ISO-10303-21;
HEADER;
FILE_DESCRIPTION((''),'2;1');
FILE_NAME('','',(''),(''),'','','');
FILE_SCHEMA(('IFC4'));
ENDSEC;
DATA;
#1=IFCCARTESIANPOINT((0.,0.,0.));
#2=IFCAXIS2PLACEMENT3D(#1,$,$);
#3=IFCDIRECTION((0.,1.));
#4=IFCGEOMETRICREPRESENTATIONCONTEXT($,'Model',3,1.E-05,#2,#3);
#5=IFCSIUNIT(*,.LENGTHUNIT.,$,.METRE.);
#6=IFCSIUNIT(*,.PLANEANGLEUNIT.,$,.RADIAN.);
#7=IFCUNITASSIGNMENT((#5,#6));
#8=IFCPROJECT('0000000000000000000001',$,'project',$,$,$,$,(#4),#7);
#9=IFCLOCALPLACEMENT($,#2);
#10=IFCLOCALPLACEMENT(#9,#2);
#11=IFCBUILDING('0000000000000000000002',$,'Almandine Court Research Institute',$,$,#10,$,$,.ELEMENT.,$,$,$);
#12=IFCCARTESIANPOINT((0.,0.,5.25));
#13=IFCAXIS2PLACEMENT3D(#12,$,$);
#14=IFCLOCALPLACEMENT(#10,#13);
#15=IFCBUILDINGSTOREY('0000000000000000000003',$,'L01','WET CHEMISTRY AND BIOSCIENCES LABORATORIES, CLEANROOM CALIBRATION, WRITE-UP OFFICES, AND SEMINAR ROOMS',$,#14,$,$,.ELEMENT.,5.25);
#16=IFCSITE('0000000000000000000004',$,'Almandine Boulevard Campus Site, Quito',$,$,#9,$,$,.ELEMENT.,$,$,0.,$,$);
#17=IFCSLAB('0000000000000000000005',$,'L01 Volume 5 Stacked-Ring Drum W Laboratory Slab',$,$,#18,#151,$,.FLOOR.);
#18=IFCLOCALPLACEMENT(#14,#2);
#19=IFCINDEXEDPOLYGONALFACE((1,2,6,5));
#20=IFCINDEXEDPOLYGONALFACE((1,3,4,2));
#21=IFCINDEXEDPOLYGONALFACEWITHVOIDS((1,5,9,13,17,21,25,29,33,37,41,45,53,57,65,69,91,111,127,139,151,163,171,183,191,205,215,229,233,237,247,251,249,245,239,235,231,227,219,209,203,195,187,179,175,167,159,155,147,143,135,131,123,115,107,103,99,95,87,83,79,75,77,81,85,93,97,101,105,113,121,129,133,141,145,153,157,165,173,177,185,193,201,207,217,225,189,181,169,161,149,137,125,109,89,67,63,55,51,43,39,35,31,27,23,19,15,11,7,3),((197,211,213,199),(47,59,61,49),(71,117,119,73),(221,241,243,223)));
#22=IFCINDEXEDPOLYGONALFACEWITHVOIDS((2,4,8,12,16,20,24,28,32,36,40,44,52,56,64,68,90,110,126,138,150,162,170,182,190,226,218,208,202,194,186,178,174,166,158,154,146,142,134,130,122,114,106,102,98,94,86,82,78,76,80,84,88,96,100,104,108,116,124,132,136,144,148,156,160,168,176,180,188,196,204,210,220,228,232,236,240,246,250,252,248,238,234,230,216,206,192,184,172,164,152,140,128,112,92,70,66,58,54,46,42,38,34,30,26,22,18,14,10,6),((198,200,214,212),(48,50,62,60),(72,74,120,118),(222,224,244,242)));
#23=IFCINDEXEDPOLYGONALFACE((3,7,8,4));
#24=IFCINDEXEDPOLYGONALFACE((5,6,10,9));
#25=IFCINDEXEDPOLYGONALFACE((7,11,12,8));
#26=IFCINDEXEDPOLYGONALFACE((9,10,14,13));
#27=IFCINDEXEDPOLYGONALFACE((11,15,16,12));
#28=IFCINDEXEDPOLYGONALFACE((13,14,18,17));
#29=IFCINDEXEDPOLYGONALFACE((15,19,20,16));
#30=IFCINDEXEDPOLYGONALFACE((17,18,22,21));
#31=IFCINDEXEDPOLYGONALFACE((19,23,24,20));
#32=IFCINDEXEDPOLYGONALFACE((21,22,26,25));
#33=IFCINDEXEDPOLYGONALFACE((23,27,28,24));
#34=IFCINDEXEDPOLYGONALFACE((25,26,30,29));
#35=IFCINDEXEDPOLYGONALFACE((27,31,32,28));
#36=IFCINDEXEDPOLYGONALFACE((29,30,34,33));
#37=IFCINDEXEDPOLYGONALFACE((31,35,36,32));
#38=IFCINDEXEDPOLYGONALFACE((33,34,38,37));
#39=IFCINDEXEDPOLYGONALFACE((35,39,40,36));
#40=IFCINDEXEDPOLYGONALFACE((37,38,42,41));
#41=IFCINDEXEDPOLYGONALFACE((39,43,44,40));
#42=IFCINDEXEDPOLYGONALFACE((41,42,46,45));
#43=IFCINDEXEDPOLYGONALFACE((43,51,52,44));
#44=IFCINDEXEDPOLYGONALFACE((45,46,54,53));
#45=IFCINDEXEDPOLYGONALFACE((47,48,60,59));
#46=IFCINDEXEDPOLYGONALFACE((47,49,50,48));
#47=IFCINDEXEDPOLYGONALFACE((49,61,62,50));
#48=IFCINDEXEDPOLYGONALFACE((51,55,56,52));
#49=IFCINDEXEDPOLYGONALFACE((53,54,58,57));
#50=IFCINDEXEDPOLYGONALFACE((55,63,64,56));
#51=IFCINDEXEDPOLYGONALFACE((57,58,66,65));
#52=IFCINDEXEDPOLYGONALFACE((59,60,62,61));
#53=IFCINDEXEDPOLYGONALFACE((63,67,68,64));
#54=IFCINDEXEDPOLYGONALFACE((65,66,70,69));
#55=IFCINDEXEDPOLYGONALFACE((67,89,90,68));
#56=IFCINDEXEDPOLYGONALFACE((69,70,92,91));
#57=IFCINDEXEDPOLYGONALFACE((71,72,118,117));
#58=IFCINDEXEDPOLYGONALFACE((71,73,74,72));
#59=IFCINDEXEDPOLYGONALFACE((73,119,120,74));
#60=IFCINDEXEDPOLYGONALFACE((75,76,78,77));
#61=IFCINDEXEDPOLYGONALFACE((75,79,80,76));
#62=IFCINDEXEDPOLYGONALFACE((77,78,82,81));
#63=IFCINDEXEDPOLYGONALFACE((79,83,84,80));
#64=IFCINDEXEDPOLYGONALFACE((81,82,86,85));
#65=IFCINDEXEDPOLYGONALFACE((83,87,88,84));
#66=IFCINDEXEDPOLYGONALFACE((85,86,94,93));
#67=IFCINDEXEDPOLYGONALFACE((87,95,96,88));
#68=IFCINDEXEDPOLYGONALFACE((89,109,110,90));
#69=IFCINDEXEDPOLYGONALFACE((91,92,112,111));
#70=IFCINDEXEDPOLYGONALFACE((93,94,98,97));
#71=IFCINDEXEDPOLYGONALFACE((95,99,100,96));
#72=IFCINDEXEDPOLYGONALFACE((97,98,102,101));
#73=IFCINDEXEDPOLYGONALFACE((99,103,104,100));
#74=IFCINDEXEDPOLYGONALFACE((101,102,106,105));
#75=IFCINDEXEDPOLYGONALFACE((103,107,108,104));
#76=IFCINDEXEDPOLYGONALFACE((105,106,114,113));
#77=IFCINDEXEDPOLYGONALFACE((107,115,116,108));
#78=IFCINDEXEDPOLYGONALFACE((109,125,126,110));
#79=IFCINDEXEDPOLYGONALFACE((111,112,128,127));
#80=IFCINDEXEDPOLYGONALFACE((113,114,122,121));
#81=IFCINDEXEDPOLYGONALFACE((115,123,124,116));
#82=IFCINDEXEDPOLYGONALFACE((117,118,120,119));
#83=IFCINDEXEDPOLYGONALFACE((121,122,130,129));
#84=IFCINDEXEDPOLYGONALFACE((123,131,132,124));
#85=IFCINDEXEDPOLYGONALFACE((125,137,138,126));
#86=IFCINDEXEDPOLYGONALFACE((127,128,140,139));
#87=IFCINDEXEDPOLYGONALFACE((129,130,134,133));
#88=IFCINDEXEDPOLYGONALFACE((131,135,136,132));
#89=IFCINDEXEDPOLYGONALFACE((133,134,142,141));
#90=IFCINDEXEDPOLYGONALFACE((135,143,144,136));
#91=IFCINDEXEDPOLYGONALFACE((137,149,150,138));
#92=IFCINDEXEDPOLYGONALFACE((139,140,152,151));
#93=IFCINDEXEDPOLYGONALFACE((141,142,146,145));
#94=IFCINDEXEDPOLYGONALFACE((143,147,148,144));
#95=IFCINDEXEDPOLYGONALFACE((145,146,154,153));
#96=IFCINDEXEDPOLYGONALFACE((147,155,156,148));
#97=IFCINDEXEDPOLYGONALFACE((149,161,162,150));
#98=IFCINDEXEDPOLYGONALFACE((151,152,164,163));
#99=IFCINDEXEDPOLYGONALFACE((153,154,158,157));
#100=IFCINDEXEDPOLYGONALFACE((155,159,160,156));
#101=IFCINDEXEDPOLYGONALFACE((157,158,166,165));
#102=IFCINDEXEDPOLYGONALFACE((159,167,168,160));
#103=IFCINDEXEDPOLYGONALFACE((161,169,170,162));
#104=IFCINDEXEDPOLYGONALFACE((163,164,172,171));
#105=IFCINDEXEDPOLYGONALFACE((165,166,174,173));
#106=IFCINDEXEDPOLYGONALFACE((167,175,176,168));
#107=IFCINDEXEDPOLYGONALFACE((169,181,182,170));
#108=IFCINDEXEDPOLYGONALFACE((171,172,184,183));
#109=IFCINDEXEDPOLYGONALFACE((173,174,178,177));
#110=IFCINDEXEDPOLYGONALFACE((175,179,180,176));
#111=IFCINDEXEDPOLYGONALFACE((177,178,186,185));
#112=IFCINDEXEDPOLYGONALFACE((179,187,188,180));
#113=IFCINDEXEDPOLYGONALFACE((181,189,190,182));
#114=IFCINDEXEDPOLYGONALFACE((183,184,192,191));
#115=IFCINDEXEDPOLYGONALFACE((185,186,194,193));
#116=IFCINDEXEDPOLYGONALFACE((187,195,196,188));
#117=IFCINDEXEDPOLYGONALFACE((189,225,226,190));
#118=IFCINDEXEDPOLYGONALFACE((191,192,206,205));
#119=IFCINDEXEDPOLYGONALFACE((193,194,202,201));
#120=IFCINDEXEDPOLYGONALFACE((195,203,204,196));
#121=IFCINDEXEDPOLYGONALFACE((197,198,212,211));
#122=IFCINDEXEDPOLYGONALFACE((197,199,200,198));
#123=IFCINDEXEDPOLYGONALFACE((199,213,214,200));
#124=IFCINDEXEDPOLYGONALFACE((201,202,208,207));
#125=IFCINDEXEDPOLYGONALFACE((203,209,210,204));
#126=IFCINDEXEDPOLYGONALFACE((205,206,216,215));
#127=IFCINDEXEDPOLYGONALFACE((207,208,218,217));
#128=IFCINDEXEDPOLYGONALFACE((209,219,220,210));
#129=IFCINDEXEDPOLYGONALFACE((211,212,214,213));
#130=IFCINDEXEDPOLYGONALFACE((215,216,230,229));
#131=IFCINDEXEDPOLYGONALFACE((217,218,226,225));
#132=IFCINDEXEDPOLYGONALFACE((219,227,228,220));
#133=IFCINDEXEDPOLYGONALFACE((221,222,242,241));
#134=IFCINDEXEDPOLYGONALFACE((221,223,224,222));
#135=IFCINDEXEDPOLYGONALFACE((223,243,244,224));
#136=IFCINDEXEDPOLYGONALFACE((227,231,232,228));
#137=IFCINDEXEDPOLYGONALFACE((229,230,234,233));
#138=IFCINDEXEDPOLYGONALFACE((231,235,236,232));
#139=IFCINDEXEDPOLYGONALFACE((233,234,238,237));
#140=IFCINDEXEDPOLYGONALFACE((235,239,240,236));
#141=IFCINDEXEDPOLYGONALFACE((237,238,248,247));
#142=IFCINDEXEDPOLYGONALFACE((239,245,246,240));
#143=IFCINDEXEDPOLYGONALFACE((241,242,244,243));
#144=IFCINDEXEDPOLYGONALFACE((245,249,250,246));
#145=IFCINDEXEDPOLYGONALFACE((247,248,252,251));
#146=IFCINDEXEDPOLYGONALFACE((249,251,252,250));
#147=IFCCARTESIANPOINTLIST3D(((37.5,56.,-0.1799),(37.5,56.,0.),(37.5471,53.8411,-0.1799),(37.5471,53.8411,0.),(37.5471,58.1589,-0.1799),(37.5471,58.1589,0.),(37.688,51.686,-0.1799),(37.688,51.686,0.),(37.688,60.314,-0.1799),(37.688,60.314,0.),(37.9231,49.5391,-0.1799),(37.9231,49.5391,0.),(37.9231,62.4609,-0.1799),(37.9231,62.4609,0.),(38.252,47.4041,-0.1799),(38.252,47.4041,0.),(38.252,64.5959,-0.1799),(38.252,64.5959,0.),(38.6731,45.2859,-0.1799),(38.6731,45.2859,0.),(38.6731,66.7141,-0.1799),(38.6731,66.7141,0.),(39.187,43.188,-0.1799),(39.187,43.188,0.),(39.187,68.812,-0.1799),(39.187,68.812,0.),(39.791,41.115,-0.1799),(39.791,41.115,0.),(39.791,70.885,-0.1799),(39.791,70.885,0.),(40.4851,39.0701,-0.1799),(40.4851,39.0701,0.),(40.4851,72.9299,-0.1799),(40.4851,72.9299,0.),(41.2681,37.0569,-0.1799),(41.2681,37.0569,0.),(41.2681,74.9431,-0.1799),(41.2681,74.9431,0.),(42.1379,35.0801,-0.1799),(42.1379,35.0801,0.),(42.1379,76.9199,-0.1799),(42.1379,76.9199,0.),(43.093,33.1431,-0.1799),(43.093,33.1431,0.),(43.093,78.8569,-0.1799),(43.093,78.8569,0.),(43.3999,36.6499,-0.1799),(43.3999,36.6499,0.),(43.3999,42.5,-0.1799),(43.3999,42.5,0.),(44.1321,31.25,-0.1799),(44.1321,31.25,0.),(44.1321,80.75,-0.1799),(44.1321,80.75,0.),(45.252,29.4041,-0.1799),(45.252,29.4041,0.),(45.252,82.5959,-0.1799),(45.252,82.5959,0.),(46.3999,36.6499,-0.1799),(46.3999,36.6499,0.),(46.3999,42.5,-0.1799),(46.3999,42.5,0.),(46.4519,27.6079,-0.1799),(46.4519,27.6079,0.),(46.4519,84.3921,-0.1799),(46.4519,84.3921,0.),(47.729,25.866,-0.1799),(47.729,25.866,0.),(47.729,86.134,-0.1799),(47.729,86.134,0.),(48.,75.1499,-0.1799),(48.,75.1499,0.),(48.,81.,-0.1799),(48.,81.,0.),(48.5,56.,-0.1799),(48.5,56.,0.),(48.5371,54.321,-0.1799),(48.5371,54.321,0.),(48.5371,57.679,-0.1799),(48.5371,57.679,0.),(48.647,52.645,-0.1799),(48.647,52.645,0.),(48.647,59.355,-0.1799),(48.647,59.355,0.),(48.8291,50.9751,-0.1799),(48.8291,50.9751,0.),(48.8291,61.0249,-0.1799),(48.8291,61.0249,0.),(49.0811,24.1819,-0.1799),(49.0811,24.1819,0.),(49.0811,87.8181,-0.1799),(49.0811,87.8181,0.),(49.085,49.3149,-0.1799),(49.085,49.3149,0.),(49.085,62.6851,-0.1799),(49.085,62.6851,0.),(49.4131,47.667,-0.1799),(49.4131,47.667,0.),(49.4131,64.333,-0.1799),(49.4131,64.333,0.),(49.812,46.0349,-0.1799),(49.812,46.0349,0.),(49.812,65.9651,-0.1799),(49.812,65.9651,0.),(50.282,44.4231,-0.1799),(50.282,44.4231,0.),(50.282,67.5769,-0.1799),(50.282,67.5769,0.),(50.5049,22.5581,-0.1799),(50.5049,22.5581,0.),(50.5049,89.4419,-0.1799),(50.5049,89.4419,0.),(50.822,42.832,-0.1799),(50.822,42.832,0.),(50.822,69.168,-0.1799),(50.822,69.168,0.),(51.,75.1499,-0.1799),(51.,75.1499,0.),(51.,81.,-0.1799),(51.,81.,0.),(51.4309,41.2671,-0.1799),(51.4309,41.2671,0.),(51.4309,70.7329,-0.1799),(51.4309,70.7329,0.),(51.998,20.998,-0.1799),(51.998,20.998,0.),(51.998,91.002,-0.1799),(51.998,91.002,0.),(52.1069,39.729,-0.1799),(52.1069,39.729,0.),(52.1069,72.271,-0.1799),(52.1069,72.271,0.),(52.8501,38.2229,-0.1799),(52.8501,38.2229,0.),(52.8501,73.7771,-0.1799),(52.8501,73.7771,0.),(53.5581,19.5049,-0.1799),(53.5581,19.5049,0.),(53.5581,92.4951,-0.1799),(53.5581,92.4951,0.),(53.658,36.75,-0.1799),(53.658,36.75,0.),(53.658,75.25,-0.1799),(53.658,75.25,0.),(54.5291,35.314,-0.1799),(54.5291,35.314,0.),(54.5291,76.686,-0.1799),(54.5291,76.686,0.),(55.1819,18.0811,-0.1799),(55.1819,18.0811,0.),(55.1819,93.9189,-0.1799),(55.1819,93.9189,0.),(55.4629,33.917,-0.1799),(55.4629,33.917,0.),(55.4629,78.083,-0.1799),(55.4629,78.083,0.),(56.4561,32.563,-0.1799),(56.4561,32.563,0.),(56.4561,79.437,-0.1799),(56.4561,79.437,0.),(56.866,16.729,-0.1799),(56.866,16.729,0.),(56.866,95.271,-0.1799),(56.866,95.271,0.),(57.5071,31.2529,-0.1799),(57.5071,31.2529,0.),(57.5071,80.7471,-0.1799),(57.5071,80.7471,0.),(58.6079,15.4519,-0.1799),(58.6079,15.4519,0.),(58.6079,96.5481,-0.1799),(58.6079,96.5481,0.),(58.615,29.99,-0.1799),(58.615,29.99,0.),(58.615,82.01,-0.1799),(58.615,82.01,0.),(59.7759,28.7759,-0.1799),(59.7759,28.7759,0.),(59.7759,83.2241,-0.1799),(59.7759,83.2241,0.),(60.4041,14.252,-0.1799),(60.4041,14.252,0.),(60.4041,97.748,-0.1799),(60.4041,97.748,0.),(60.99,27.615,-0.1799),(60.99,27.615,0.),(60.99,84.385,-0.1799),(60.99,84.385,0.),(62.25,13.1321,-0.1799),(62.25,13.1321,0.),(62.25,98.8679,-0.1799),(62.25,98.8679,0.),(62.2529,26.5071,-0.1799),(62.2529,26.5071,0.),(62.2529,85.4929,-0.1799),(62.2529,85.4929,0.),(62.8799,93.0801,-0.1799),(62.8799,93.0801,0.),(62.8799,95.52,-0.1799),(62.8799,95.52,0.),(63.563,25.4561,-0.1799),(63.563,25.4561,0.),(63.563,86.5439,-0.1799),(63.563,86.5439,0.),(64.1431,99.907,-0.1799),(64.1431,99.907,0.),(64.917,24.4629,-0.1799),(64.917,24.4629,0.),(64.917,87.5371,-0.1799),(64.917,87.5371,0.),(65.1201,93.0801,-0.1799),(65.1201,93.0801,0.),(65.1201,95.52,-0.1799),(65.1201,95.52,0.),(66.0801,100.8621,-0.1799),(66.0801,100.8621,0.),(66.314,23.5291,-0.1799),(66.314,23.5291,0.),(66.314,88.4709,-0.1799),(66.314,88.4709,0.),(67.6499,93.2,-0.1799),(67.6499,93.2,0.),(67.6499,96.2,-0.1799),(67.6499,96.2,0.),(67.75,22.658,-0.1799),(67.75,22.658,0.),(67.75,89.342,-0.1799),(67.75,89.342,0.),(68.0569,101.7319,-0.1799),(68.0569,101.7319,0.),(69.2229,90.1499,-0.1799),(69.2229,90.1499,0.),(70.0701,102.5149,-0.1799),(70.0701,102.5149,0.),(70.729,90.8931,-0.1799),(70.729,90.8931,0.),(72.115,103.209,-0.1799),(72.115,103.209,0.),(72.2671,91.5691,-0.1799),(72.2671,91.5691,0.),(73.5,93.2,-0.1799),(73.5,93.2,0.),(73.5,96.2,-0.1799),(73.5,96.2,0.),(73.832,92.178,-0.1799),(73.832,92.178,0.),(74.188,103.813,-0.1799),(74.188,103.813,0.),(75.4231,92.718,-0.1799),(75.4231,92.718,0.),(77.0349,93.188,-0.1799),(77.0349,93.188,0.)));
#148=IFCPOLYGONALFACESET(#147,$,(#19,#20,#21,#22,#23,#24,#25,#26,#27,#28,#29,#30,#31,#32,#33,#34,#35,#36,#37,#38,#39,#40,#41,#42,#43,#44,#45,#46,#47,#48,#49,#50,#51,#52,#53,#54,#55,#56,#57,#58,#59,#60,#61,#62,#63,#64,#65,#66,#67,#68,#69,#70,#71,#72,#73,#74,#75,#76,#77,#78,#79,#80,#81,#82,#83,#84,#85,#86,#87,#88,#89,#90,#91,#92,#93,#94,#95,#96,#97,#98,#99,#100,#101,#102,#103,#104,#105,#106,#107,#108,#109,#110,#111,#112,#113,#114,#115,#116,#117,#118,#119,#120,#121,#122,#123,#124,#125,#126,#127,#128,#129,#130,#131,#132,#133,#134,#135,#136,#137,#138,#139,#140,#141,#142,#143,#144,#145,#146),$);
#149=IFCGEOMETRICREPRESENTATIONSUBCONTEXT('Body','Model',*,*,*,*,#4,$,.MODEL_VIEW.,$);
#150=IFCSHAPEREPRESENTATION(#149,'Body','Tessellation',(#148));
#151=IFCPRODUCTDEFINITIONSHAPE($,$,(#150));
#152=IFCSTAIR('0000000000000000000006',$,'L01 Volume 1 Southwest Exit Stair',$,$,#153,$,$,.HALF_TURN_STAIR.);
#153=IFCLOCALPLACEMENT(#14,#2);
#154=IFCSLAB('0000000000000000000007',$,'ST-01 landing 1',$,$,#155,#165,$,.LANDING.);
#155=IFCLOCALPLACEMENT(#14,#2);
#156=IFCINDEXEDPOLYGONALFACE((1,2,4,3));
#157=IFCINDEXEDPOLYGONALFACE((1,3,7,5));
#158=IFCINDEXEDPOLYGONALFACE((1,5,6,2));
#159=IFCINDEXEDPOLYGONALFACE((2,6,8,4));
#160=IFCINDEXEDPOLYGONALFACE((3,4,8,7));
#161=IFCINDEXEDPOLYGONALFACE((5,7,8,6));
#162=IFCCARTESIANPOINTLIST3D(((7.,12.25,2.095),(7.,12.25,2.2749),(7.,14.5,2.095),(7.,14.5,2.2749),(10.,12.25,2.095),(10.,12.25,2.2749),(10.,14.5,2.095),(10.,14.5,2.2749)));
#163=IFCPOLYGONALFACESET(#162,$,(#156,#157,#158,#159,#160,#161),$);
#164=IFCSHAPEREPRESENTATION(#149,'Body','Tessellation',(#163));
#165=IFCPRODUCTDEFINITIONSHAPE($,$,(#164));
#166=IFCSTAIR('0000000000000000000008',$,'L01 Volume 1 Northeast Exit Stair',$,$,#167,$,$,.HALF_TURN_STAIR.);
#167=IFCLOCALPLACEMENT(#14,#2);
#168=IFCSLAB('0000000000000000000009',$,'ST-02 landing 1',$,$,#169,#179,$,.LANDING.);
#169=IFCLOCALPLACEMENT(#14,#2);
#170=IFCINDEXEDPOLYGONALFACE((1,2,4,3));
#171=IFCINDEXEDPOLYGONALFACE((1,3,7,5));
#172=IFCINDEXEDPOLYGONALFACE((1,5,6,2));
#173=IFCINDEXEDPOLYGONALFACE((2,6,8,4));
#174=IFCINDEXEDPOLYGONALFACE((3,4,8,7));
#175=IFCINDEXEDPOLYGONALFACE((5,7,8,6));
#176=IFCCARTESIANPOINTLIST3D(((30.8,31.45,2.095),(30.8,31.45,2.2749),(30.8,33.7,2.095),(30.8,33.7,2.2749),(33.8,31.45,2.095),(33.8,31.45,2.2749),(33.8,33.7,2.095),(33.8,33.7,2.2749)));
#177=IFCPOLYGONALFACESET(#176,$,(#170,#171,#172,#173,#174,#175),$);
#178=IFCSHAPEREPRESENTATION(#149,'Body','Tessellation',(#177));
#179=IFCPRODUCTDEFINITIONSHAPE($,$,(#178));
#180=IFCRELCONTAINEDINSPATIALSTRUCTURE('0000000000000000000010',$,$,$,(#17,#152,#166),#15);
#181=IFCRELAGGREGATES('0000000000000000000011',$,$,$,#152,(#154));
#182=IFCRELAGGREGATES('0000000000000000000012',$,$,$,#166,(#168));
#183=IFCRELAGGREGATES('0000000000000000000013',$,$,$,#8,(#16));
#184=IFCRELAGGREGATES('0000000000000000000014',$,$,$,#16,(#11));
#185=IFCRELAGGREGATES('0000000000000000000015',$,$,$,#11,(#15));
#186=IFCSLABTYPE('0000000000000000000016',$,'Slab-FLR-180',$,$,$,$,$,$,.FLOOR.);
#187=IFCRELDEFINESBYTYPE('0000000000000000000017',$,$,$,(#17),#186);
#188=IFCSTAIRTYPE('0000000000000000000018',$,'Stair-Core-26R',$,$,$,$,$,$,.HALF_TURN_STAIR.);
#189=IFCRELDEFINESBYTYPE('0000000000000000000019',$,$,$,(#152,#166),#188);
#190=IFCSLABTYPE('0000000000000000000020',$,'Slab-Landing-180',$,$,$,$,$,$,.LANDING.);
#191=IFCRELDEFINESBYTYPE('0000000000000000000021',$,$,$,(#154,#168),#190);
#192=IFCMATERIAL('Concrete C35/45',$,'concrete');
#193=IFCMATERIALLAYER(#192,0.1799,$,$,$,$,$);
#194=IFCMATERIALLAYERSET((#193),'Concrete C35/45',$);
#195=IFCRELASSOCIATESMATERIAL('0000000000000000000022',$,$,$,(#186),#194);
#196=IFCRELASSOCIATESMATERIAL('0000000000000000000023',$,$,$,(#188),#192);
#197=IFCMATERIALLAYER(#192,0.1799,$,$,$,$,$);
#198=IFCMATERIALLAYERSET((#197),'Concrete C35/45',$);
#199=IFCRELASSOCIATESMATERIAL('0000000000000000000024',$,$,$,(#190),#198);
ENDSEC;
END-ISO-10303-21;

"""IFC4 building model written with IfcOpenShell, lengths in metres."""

from ifc_helpers import new_model, si_unit, direction, frame, origin, place, context, subcontext, project, spatial, polyline, outline, extrude, material, layer, layer_set, type_object, element, aggregate, save


model = new_model("IFC4")

# Units and contexts
model_context = context("Model", 3, precision=1e-05, world=origin(), true_north=direction((0.0, 1.0)))
body_context = subcontext(model_context, "Body", "Model", "MODEL_VIEW")
ifc_project = project(units=[si_unit("LENGTHUNIT", "METRE"), si_unit("PLANEANGLEUNIT", "RADIAN")], contexts=[model_context])

# Site, building, storey
site_placement = place(None, origin())
site = spatial("IfcSite", under=ifc_project, at=site_placement, Name="Almandine Boulevard Campus Site, Quito", CompositionType="ELEMENT", RefElevation=0.0)
building_placement = place(site_placement, origin())
building = spatial("IfcBuilding", under=site, at=building_placement, Name="Almandine Court Research Institute", CompositionType="ELEMENT")
storey_placement = place(building_placement, frame((0.0, 0.0, 5.25)))
storey = spatial("IfcBuildingStorey", under=building, at=storey_placement, Name="L01", Description="WET CHEMISTRY AND BIOSCIENCES LABORATORIES, CLEANROOM CALIBRATION, WRITE-UP OFFICES, AND SEMINAR ROOMS", CompositionType="ELEMENT", Elevation=5.25)

# Slab
ifc_material_1 = material(Name="Concrete C35/45", Category="concrete")
ifc_layer_1 = layer(ifc_material_1, 0.1799)
ifc_layer_set_1 = layer_set([ifc_layer_1], Name="Concrete C35/45")
slab_type_1 = type_object("IfcSlabType", Name="Slab-FLR-180", PredefinedType="FLOOR", material=ifc_layer_set_1)
slab_1_placement = place(storey_placement, frame((0.0, 0.0, -0.1799)))
element("IfcSlab", 1, at=slab_1_placement, inside=storey, type_object=slab_type_1, Name="L01 Volume 5 Stacked-Ring Drum W Laboratory Slab", PredefinedType="FLOOR", context=body_context, shape_type="SweptSolid", body=[
    extrude(outline(polyline([(74.188, 103.813), (72.115, 103.209), (70.0701, 102.5149), (68.0569, 101.7319), (66.0801, 100.8621), (64.1431, 99.907), (62.25, 98.8679), (60.4041, 97.748), (58.6079, 96.5481), (56.866, 95.271), (55.1819, 93.9189), (53.5581, 92.4951), (51.998, 91.002), (50.5049, 89.4419), (49.0811, 87.8181), (47.729, 86.134), (46.4519, 84.3921), (45.252, 82.5959), (44.1321, 80.75), (43.093, 78.8569), (42.1379, 76.9199), (41.2681, 74.9431), (40.4851, 72.9299), (39.791, 70.885), (39.187, 68.812), (38.6731, 66.7141), (38.252, 64.5959), (37.9231, 62.4609), (37.688, 60.314), (37.5471, 58.1589), (37.5, 56.0), (37.5471, 53.8411), (37.688, 51.686), (37.9231, 49.5391), (38.252, 47.4041), (38.6731, 45.2859), (39.187, 43.188), (39.791, 41.115), (40.4851, 39.0701), (41.2681, 37.0569), (42.1379, 35.0801), (43.093, 33.1431), (44.1321, 31.25), (45.252, 29.4041), (46.4519, 27.6079), (47.729, 25.866), (49.0811, 24.1819), (50.5049, 22.5581), (51.998, 20.998), (53.5581, 19.5049), (55.1819, 18.0811), (56.866, 16.729), (58.6079, 15.4519), (60.4041, 14.252), (62.25, 13.1321), (67.75, 22.658), (66.314, 23.5291), (64.917, 24.4629), (63.563, 25.4561), (62.2529, 26.5071), (60.99, 27.615), (59.7759, 28.7759), (58.615, 29.99), (57.5071, 31.2529), (56.4561, 32.563), (55.4629, 33.917), (54.5291, 35.314), (53.658, 36.75), (52.8501, 38.2229), (52.1069, 39.729), (51.4309, 41.2671), (50.822, 42.832), (50.282, 44.4231), (49.812, 46.0349), (49.4131, 47.667), (49.085, 49.3149), (48.8291, 50.9751), (48.647, 52.645), (48.5371, 54.321), (48.5, 56.0), (48.5371, 57.679), (48.647, 59.355), (48.8291, 61.0249), (49.085, 62.6851), (49.4131, 64.333), (49.812, 65.9651), (50.282, 67.5769), (50.822, 69.168), (51.4309, 70.7329), (52.1069, 72.271), (52.8501, 73.7771), (53.658, 75.25), (54.5291, 76.686), (55.4629, 78.083), (56.4561, 79.437), (57.5071, 80.7471), (58.615, 82.01), (59.7759, 83.2241), (60.99, 84.385), (62.2529, 85.4929), (63.563, 86.5439), (64.917, 87.5371), (66.314, 88.4709), (67.75, 89.342), (69.2229, 90.1499), (70.729, 90.8931), (72.2671, 91.5691), (73.832, 92.178), (75.4231, 92.718), (77.0349, 93.188), (74.188, 103.813)]), holes=[polyline([(67.6499, 93.2), (73.5, 93.2), (73.5, 96.2), (67.6499, 96.2), (67.6499, 93.2)]), polyline([(51.0, 75.1499), (51.0, 81.0), (48.0, 81.0), (48.0, 75.1499), (51.0, 75.1499)]), polyline([(46.3999, 36.6499), (46.3999, 42.5), (43.3999, 42.5), (43.3999, 36.6499), (46.3999, 36.6499)]), polyline([(62.8799, 93.0801), (65.1201, 93.0801), (65.1201, 95.52), (62.8799, 95.52), (62.8799, 93.0801)])]), origin(), (0.0, 0.0, 1.0), 0.1799),
])

# Stairs, slabs
stair_type = type_object("IfcStairType", Name="Stair-Core-26R", PredefinedType="HALF_TURN_STAIR", material=ifc_material_1)
stair_1_placement = place(storey_placement, origin())
stair_1 = element("IfcStair", 2, at=stair_1_placement, inside=storey, type_object=stair_type, Name="L01 Volume 1 Southwest Exit Stair", PredefinedType="HALF_TURN_STAIR")
ifc_layer_2 = layer(ifc_material_1, 0.1799)
ifc_layer_set_2 = layer_set([ifc_layer_2], Name="Concrete C35/45")
slab_type_2 = type_object("IfcSlabType", Name="Slab-Landing-180", PredefinedType="LANDING", material=ifc_layer_set_2)
slab_2_placement = place(storey_placement, frame((0.0, 0.0, 2.095)))
slab_2 = element("IfcSlab", 3, at=slab_2_placement, type_object=slab_type_2, Name="ST-01 landing 1", PredefinedType="LANDING", context=body_context, shape_type="SweptSolid", body=[
    extrude(outline(polyline([(10.0, 12.25), (10.0, 14.5), (7.0, 14.5), (7.0, 12.25), (10.0, 12.25)])), origin(), (0.0, 0.0, 1.0), 0.1799),
])
aggregate(stair_1, [slab_2])
stair_2_placement = place(storey_placement, origin())
stair_2 = element("IfcStair", 4, at=stair_2_placement, inside=storey, type_object=stair_type, Name="L01 Volume 1 Northeast Exit Stair", PredefinedType="HALF_TURN_STAIR")
slab_3_placement = place(storey_placement, frame((0.0, 0.0, 2.095)))
slab_3 = element("IfcSlab", 5, at=slab_3_placement, type_object=slab_type_2, Name="ST-02 landing 1", PredefinedType="LANDING", context=body_context, shape_type="SweptSolid", body=[
    extrude(outline(polyline([(33.8, 31.45), (33.8, 33.7), (30.8, 33.7), (30.8, 31.45), (33.8, 31.45)])), origin(), (0.0, 0.0, 1.0), 0.1799),
])
aggregate(stair_2, [slab_3])

save(model, "model.ifc")
